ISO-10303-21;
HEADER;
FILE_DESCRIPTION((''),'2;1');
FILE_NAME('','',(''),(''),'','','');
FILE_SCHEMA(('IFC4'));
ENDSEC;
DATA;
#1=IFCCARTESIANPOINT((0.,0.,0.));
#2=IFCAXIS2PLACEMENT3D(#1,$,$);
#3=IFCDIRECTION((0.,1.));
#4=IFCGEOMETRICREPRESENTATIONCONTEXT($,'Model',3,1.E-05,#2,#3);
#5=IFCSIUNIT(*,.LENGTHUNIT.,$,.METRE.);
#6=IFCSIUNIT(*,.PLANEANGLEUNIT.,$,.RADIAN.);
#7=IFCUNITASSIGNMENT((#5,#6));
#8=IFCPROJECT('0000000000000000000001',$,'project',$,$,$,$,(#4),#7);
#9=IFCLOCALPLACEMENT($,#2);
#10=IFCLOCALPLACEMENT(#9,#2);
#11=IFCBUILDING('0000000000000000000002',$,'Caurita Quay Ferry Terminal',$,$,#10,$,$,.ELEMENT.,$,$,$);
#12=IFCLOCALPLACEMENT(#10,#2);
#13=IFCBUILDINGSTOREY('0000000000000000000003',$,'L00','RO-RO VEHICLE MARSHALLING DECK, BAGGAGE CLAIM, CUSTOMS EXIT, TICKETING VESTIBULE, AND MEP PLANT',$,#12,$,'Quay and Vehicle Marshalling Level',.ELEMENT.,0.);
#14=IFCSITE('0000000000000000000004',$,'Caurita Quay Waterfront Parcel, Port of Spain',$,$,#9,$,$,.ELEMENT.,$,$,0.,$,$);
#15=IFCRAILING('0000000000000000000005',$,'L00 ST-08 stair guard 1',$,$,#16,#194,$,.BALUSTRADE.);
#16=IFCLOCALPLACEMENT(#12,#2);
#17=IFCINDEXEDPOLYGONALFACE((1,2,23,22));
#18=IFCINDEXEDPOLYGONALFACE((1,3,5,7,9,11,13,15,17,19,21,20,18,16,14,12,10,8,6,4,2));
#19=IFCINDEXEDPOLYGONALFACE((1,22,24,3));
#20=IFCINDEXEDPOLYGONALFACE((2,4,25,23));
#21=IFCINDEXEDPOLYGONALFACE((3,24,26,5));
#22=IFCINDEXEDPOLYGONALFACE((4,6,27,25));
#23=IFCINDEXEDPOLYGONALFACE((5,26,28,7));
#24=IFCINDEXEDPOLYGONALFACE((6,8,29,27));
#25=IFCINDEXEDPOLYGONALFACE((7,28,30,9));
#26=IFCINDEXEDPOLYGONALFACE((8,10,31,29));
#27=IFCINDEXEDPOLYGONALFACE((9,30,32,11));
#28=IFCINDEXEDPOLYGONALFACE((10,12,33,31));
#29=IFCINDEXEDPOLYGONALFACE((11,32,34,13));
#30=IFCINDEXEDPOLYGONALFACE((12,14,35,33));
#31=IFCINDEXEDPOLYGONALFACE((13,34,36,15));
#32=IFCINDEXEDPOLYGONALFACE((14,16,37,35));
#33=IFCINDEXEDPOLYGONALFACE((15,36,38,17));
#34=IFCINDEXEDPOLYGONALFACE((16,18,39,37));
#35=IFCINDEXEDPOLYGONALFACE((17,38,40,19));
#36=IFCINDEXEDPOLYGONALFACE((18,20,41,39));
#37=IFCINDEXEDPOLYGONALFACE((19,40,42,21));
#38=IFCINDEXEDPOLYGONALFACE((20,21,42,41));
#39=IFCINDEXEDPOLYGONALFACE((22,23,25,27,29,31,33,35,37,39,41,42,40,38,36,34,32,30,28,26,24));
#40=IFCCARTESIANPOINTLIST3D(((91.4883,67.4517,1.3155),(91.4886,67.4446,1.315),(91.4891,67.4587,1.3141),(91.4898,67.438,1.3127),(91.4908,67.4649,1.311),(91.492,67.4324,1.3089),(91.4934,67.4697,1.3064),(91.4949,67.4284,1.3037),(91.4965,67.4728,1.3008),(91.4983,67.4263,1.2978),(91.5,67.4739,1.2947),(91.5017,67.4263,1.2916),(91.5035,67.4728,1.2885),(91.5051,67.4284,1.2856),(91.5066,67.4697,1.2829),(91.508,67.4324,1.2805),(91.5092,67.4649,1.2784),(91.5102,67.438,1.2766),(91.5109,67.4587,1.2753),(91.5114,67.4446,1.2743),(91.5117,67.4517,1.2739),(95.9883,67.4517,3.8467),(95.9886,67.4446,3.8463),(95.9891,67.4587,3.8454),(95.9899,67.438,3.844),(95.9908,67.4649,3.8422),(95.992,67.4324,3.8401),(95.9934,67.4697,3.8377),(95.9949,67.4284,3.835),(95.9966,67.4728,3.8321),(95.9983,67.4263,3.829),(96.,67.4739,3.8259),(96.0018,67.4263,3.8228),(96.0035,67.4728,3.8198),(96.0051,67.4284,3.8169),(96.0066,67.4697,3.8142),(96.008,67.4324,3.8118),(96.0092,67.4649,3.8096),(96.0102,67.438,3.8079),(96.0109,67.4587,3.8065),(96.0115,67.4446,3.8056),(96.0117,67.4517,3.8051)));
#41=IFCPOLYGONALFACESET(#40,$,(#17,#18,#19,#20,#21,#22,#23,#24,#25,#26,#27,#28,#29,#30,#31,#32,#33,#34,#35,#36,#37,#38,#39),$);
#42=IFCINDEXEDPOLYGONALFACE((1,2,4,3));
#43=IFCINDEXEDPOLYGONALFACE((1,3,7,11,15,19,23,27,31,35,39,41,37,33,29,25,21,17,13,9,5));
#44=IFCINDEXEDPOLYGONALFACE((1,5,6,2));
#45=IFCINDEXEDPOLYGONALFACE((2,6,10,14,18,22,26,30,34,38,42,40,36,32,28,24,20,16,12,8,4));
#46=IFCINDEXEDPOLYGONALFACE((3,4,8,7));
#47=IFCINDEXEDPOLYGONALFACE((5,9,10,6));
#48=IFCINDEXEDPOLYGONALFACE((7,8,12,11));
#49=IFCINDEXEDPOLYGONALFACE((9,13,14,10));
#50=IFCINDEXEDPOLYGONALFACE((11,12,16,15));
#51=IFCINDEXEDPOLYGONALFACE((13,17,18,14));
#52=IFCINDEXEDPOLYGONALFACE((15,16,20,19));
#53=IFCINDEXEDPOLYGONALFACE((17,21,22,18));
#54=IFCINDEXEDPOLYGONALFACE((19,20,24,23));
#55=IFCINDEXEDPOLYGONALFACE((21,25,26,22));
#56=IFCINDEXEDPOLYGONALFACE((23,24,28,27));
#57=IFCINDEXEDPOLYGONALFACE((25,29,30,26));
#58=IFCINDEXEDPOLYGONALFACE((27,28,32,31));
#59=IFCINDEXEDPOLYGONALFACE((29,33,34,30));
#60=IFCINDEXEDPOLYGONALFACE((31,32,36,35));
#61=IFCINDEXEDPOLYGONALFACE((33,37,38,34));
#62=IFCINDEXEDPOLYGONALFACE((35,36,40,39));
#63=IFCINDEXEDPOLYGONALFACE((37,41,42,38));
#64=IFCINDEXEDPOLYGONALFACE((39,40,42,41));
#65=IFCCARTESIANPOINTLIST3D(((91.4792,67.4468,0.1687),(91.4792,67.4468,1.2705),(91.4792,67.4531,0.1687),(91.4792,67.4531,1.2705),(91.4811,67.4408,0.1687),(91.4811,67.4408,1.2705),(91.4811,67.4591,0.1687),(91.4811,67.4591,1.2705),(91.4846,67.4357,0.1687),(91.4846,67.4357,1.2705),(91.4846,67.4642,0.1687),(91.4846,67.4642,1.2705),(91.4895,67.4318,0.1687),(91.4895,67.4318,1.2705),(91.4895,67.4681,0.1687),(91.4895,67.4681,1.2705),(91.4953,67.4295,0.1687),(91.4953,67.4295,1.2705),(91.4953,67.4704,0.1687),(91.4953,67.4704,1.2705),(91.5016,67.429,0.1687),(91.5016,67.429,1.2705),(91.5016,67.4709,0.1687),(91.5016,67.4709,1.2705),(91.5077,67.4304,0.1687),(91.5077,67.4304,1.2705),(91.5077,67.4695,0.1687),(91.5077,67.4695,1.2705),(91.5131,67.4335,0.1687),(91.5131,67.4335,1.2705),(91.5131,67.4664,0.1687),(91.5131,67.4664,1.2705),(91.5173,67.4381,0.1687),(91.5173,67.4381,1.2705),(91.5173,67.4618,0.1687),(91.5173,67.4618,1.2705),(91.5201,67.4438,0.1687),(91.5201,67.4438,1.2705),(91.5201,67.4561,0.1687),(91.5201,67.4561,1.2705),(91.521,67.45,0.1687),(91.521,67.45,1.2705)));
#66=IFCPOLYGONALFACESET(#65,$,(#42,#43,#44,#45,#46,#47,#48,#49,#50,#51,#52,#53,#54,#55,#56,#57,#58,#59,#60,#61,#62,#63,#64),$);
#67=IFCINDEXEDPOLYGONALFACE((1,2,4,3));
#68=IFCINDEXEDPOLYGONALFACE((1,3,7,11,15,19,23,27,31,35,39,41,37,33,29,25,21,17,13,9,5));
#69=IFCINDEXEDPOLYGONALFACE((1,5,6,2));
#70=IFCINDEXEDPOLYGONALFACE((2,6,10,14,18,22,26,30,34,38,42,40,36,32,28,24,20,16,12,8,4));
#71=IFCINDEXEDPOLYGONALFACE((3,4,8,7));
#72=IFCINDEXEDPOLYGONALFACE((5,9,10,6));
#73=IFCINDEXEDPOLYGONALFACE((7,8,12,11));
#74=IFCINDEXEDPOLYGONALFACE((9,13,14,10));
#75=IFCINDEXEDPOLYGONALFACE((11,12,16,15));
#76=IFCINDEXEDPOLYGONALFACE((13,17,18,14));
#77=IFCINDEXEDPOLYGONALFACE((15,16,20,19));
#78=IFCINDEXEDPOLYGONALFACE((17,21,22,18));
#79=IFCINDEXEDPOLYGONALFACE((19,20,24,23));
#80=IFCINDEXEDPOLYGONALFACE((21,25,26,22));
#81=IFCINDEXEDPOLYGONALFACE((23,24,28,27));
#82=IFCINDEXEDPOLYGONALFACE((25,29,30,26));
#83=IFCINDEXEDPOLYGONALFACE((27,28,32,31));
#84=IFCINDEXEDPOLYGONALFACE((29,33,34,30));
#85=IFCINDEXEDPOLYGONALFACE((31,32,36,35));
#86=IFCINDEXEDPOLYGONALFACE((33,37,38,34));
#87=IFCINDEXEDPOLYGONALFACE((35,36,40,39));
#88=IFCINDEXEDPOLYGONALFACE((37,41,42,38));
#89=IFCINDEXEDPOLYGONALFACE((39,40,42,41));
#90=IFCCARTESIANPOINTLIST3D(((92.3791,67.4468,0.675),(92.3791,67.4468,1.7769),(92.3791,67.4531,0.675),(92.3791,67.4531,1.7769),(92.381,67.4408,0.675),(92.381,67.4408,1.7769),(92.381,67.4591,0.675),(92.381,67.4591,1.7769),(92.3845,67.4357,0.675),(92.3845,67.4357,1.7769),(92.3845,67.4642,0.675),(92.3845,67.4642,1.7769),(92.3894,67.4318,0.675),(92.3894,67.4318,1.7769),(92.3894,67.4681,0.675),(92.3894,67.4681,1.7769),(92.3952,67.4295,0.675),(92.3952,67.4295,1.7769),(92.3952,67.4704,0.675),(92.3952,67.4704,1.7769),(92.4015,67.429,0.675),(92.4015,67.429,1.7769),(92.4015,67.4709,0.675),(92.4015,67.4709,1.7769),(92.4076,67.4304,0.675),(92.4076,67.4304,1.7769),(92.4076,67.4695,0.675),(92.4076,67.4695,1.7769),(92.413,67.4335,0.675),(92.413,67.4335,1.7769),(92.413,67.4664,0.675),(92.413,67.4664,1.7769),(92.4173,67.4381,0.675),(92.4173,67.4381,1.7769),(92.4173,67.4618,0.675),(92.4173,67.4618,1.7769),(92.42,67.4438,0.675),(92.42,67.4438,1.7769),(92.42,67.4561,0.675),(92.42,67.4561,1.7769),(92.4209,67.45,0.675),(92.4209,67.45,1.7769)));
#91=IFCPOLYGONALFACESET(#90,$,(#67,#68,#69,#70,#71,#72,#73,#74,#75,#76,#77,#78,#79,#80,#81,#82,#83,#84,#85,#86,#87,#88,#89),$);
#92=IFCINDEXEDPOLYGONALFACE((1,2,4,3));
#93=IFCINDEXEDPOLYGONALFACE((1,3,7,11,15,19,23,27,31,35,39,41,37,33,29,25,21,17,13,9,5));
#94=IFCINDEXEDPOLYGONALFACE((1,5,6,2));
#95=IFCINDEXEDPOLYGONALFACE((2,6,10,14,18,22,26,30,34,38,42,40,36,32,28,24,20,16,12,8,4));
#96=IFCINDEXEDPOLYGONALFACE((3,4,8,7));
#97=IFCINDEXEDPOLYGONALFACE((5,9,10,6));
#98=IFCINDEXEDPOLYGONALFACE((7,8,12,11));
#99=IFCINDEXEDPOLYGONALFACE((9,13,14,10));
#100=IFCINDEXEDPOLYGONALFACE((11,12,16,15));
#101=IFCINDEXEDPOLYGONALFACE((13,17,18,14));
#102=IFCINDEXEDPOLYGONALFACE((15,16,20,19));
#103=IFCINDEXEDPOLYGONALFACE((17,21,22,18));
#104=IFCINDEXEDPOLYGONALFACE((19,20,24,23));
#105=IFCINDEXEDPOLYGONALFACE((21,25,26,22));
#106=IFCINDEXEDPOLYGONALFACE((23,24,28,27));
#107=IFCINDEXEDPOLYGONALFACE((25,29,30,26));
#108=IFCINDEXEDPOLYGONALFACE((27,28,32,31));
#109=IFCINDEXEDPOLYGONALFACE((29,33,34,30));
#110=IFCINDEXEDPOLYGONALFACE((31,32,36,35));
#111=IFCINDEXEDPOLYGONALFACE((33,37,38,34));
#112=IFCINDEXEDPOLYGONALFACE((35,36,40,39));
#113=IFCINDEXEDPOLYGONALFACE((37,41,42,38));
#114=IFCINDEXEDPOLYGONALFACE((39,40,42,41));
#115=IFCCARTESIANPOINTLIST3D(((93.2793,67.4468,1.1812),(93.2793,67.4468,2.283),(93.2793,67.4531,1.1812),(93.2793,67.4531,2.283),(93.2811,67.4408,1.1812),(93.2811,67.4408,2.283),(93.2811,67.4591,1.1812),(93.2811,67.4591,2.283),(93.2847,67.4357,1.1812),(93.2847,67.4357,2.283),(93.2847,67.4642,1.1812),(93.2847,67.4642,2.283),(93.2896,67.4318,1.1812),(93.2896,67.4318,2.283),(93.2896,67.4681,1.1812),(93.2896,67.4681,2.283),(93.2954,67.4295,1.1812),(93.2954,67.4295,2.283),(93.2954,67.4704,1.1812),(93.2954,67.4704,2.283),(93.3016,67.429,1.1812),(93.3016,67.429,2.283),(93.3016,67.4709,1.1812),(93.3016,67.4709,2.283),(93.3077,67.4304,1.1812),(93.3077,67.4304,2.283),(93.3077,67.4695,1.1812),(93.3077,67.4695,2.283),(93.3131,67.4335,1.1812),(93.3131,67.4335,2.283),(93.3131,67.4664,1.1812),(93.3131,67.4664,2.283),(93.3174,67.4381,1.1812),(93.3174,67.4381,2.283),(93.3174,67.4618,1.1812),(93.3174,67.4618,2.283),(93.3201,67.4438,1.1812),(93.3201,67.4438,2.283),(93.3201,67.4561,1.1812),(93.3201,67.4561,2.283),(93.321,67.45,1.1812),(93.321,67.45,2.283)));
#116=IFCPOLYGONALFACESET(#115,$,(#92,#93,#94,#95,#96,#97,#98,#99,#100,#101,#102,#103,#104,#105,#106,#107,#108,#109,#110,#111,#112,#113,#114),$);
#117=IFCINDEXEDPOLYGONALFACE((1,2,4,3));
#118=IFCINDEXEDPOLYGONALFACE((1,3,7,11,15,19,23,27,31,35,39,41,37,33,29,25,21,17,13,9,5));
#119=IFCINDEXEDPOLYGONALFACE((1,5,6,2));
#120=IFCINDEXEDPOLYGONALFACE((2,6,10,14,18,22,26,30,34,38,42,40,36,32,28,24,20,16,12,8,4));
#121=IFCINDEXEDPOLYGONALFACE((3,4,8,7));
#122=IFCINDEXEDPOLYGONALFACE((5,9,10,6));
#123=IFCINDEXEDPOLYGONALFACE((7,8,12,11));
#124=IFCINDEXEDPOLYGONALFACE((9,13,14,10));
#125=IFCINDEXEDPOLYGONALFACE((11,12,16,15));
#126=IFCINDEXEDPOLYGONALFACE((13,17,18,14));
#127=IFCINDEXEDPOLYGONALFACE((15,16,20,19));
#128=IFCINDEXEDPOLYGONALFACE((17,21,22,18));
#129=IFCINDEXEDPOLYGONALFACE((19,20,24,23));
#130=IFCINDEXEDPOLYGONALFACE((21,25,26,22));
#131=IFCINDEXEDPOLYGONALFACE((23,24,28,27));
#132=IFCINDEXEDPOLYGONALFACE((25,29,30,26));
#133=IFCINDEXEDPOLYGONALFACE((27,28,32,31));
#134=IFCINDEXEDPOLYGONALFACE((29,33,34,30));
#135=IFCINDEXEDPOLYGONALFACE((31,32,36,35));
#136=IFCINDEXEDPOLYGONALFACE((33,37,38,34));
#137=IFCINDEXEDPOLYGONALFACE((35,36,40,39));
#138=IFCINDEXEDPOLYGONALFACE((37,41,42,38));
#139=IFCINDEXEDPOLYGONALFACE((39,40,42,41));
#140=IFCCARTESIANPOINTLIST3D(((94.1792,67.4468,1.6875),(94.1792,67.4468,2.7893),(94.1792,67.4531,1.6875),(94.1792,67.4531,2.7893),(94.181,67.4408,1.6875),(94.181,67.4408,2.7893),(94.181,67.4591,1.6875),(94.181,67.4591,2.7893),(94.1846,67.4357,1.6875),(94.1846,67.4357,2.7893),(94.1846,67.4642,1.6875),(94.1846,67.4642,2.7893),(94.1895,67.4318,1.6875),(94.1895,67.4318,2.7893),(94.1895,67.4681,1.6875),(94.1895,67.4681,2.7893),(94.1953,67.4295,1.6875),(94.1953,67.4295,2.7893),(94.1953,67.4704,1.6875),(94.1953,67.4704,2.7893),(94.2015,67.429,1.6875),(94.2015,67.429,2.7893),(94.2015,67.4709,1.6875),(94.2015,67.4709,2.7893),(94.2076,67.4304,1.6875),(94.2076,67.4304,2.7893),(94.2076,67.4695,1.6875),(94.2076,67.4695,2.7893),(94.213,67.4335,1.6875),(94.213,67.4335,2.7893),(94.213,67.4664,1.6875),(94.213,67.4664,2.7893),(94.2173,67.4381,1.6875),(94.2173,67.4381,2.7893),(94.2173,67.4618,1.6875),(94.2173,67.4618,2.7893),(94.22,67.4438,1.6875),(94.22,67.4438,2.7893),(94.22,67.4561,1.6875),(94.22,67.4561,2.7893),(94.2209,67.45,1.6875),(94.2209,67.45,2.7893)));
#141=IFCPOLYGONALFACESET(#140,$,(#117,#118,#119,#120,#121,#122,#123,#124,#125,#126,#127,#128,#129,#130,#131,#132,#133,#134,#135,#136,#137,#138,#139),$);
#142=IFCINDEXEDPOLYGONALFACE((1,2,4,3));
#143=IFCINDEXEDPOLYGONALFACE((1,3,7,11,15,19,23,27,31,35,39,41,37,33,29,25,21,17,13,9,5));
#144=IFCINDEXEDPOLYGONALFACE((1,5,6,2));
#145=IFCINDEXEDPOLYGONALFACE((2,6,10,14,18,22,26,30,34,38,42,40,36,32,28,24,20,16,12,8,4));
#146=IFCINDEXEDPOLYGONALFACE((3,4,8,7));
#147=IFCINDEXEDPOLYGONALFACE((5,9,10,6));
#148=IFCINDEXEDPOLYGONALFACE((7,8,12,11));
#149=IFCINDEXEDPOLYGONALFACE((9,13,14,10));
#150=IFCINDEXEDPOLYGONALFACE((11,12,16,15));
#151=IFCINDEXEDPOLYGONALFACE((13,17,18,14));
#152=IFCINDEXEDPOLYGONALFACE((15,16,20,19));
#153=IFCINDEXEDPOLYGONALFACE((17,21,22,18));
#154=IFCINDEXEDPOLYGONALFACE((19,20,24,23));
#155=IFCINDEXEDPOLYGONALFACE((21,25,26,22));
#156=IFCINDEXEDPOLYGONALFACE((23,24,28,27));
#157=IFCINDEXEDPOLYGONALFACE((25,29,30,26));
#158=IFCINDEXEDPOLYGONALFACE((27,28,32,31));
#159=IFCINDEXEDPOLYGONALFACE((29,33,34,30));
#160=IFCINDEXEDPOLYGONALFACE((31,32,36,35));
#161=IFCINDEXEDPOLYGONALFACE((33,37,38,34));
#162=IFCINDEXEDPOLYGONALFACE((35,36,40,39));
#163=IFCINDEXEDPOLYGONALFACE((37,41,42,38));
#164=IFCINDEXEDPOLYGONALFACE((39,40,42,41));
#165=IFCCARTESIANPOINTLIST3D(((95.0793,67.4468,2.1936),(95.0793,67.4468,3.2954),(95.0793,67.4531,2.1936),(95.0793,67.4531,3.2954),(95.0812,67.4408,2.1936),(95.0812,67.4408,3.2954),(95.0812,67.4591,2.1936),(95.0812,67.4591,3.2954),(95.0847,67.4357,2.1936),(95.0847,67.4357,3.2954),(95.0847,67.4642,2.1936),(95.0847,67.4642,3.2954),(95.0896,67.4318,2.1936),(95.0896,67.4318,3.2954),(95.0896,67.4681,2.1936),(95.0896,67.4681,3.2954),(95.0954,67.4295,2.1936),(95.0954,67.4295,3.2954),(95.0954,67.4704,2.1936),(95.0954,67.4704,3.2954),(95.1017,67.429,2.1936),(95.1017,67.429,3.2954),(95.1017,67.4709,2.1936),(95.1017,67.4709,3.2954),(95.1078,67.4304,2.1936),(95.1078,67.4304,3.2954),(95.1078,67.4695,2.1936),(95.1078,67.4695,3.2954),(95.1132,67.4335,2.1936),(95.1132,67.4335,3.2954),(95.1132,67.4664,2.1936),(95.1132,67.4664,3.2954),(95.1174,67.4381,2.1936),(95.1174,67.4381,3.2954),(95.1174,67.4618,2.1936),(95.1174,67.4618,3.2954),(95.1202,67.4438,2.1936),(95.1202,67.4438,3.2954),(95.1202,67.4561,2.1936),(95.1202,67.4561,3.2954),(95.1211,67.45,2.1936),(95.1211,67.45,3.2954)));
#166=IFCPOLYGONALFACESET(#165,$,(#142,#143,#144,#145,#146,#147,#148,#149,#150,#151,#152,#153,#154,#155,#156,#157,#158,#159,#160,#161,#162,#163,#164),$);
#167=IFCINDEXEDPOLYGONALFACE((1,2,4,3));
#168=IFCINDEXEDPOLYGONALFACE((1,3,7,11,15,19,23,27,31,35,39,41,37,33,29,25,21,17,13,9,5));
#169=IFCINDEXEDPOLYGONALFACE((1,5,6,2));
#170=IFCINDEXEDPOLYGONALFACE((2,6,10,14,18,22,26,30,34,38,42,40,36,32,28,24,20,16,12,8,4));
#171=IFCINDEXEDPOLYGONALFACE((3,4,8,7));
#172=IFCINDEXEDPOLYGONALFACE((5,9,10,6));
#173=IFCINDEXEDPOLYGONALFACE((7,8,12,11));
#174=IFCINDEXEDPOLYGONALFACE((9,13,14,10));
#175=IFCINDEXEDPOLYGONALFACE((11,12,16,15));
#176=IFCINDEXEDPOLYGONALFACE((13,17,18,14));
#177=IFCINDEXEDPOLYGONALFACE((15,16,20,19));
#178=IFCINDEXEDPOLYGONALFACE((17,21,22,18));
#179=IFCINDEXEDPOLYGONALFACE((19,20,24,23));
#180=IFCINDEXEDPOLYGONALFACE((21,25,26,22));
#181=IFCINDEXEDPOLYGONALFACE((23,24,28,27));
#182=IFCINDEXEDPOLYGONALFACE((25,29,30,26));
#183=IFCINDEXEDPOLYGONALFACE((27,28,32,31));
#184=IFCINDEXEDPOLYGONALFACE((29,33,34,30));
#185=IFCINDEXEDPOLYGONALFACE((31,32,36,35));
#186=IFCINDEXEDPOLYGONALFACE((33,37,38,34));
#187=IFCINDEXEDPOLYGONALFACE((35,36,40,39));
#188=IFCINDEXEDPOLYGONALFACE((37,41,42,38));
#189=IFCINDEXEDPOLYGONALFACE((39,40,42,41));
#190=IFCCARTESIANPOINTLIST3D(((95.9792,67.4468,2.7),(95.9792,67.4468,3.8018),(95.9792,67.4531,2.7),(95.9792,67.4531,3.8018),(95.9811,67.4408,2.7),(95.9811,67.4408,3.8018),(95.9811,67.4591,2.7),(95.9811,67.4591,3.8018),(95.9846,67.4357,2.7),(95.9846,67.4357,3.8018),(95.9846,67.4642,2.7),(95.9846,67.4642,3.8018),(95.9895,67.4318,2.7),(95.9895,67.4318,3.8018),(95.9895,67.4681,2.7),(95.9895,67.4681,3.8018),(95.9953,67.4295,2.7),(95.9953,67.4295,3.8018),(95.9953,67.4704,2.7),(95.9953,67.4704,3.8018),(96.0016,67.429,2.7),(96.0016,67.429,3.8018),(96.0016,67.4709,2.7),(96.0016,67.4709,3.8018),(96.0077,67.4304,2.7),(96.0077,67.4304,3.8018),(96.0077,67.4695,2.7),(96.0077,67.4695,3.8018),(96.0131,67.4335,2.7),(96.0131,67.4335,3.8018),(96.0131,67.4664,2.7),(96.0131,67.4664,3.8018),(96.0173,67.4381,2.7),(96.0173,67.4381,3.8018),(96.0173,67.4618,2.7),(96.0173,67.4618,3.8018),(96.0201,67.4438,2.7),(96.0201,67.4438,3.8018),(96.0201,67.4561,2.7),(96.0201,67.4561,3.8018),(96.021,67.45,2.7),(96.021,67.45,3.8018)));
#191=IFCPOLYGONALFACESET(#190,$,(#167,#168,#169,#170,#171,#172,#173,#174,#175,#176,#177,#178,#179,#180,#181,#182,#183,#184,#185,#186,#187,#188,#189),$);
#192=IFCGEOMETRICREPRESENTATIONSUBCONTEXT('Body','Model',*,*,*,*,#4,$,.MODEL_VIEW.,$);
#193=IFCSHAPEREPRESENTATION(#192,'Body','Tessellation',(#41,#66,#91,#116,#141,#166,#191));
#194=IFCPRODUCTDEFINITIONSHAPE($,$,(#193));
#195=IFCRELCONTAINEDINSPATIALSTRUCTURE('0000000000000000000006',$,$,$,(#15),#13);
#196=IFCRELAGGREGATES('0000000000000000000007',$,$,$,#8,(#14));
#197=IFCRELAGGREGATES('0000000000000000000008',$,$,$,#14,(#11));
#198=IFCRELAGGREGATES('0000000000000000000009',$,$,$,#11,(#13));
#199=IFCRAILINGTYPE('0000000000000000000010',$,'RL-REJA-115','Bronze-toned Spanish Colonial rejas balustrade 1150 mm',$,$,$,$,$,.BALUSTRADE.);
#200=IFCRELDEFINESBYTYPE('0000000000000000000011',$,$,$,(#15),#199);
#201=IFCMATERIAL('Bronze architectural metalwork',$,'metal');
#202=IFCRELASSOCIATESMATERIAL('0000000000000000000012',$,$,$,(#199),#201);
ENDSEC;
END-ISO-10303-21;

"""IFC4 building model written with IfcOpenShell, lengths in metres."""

from ifc_helpers import new_model, si_unit, direction, frame, origin, origin_2d, place, context, subcontext, project, spatial, circle, extrude, material, type_object, element, save


model = new_model("IFC4")

# Units and contexts
model_context = context("Model", 3, precision=1e-05, world=origin(), true_north=direction((0.0, 1.0)))
body_context = subcontext(model_context, "Body", "Model", "MODEL_VIEW")
ifc_project = project(units=[si_unit("LENGTHUNIT", "METRE"), si_unit("PLANEANGLEUNIT", "RADIAN")], contexts=[model_context])

# Site, building, storey
site_placement = place(None, origin())
site = spatial("IfcSite", under=ifc_project, at=site_placement, Name="Caurita Quay Waterfront Parcel, Port of Spain", CompositionType="ELEMENT", RefElevation=0.0)
building_placement = place(site_placement, origin())
building = spatial("IfcBuilding", under=site, at=building_placement, Name="Caurita Quay Ferry Terminal", CompositionType="ELEMENT")
storey_placement = place(building_placement, origin())
storey = spatial("IfcBuildingStorey", under=building, at=storey_placement, Name="L00", Description="RO-RO VEHICLE MARSHALLING DECK, BAGGAGE CLAIM, CUSTOMS EXIT, TICKETING VESTIBULE, AND MEP PLANT", LongName="Quay and Vehicle Marshalling Level", CompositionType="ELEMENT", Elevation=0.0)

# Railing
ifc_material_1 = material(Name="Bronze architectural metalwork", Category="metal")
railing_type_1 = type_object("IfcRailingType", Name="RL-REJA-115", Description="Bronze-toned Spanish Colonial rejas balustrade 1150 mm", PredefinedType="BALUSTRADE", material=ifc_material_1)
railing_1_placement = place(storey_placement, frame((91.5, 67.45, 0.1687)))
element("IfcRailing", 1, at=railing_1_placement, inside=storey, type_object=railing_type_1, Name="L00 ST-08 stair guard 1", PredefinedType="BALUSTRADE", context=body_context, shape_type="SweptSolid", body=[
    extrude(circle(Radius=0.0239, at=origin_2d()), frame((0.0, 0.0, 1.126), z_axis=(0.871576, 0.0, 0.490261), x_axis=(0.0, 1.0, 0.0)), (0.0, 0.0, 1.0), 5.1631),
    extrude(circle(Radius=0.021, at=origin_2d()), origin(), (0.0, 0.0, 1.0), 1.1018),
    extrude(circle(Radius=0.021, at=origin_2d()), frame((0.8999, 0.0, 0.5063)), (0.0, 0.0, 1.0), 1.1018),
    extrude(circle(Radius=0.021, at=origin_2d()), frame((1.8, 0.0, 1.0125)), (0.0, 0.0, 1.0), 1.1018),
    extrude(circle(Radius=0.021, at=origin_2d()), frame((2.7, 0.0, 1.5188)), (0.0, 0.0, 1.0), 1.1018),
    extrude(circle(Radius=0.021, at=origin_2d()), frame((3.6001, 0.0, 2.0249)), (0.0, 0.0, 1.0), 1.1018),
    extrude(circle(Radius=0.021, at=origin_2d()), frame((4.5, 0.0, 2.5312)), (0.0, 0.0, 1.0), 1.1018),
])

save(model, "model.ifc")
